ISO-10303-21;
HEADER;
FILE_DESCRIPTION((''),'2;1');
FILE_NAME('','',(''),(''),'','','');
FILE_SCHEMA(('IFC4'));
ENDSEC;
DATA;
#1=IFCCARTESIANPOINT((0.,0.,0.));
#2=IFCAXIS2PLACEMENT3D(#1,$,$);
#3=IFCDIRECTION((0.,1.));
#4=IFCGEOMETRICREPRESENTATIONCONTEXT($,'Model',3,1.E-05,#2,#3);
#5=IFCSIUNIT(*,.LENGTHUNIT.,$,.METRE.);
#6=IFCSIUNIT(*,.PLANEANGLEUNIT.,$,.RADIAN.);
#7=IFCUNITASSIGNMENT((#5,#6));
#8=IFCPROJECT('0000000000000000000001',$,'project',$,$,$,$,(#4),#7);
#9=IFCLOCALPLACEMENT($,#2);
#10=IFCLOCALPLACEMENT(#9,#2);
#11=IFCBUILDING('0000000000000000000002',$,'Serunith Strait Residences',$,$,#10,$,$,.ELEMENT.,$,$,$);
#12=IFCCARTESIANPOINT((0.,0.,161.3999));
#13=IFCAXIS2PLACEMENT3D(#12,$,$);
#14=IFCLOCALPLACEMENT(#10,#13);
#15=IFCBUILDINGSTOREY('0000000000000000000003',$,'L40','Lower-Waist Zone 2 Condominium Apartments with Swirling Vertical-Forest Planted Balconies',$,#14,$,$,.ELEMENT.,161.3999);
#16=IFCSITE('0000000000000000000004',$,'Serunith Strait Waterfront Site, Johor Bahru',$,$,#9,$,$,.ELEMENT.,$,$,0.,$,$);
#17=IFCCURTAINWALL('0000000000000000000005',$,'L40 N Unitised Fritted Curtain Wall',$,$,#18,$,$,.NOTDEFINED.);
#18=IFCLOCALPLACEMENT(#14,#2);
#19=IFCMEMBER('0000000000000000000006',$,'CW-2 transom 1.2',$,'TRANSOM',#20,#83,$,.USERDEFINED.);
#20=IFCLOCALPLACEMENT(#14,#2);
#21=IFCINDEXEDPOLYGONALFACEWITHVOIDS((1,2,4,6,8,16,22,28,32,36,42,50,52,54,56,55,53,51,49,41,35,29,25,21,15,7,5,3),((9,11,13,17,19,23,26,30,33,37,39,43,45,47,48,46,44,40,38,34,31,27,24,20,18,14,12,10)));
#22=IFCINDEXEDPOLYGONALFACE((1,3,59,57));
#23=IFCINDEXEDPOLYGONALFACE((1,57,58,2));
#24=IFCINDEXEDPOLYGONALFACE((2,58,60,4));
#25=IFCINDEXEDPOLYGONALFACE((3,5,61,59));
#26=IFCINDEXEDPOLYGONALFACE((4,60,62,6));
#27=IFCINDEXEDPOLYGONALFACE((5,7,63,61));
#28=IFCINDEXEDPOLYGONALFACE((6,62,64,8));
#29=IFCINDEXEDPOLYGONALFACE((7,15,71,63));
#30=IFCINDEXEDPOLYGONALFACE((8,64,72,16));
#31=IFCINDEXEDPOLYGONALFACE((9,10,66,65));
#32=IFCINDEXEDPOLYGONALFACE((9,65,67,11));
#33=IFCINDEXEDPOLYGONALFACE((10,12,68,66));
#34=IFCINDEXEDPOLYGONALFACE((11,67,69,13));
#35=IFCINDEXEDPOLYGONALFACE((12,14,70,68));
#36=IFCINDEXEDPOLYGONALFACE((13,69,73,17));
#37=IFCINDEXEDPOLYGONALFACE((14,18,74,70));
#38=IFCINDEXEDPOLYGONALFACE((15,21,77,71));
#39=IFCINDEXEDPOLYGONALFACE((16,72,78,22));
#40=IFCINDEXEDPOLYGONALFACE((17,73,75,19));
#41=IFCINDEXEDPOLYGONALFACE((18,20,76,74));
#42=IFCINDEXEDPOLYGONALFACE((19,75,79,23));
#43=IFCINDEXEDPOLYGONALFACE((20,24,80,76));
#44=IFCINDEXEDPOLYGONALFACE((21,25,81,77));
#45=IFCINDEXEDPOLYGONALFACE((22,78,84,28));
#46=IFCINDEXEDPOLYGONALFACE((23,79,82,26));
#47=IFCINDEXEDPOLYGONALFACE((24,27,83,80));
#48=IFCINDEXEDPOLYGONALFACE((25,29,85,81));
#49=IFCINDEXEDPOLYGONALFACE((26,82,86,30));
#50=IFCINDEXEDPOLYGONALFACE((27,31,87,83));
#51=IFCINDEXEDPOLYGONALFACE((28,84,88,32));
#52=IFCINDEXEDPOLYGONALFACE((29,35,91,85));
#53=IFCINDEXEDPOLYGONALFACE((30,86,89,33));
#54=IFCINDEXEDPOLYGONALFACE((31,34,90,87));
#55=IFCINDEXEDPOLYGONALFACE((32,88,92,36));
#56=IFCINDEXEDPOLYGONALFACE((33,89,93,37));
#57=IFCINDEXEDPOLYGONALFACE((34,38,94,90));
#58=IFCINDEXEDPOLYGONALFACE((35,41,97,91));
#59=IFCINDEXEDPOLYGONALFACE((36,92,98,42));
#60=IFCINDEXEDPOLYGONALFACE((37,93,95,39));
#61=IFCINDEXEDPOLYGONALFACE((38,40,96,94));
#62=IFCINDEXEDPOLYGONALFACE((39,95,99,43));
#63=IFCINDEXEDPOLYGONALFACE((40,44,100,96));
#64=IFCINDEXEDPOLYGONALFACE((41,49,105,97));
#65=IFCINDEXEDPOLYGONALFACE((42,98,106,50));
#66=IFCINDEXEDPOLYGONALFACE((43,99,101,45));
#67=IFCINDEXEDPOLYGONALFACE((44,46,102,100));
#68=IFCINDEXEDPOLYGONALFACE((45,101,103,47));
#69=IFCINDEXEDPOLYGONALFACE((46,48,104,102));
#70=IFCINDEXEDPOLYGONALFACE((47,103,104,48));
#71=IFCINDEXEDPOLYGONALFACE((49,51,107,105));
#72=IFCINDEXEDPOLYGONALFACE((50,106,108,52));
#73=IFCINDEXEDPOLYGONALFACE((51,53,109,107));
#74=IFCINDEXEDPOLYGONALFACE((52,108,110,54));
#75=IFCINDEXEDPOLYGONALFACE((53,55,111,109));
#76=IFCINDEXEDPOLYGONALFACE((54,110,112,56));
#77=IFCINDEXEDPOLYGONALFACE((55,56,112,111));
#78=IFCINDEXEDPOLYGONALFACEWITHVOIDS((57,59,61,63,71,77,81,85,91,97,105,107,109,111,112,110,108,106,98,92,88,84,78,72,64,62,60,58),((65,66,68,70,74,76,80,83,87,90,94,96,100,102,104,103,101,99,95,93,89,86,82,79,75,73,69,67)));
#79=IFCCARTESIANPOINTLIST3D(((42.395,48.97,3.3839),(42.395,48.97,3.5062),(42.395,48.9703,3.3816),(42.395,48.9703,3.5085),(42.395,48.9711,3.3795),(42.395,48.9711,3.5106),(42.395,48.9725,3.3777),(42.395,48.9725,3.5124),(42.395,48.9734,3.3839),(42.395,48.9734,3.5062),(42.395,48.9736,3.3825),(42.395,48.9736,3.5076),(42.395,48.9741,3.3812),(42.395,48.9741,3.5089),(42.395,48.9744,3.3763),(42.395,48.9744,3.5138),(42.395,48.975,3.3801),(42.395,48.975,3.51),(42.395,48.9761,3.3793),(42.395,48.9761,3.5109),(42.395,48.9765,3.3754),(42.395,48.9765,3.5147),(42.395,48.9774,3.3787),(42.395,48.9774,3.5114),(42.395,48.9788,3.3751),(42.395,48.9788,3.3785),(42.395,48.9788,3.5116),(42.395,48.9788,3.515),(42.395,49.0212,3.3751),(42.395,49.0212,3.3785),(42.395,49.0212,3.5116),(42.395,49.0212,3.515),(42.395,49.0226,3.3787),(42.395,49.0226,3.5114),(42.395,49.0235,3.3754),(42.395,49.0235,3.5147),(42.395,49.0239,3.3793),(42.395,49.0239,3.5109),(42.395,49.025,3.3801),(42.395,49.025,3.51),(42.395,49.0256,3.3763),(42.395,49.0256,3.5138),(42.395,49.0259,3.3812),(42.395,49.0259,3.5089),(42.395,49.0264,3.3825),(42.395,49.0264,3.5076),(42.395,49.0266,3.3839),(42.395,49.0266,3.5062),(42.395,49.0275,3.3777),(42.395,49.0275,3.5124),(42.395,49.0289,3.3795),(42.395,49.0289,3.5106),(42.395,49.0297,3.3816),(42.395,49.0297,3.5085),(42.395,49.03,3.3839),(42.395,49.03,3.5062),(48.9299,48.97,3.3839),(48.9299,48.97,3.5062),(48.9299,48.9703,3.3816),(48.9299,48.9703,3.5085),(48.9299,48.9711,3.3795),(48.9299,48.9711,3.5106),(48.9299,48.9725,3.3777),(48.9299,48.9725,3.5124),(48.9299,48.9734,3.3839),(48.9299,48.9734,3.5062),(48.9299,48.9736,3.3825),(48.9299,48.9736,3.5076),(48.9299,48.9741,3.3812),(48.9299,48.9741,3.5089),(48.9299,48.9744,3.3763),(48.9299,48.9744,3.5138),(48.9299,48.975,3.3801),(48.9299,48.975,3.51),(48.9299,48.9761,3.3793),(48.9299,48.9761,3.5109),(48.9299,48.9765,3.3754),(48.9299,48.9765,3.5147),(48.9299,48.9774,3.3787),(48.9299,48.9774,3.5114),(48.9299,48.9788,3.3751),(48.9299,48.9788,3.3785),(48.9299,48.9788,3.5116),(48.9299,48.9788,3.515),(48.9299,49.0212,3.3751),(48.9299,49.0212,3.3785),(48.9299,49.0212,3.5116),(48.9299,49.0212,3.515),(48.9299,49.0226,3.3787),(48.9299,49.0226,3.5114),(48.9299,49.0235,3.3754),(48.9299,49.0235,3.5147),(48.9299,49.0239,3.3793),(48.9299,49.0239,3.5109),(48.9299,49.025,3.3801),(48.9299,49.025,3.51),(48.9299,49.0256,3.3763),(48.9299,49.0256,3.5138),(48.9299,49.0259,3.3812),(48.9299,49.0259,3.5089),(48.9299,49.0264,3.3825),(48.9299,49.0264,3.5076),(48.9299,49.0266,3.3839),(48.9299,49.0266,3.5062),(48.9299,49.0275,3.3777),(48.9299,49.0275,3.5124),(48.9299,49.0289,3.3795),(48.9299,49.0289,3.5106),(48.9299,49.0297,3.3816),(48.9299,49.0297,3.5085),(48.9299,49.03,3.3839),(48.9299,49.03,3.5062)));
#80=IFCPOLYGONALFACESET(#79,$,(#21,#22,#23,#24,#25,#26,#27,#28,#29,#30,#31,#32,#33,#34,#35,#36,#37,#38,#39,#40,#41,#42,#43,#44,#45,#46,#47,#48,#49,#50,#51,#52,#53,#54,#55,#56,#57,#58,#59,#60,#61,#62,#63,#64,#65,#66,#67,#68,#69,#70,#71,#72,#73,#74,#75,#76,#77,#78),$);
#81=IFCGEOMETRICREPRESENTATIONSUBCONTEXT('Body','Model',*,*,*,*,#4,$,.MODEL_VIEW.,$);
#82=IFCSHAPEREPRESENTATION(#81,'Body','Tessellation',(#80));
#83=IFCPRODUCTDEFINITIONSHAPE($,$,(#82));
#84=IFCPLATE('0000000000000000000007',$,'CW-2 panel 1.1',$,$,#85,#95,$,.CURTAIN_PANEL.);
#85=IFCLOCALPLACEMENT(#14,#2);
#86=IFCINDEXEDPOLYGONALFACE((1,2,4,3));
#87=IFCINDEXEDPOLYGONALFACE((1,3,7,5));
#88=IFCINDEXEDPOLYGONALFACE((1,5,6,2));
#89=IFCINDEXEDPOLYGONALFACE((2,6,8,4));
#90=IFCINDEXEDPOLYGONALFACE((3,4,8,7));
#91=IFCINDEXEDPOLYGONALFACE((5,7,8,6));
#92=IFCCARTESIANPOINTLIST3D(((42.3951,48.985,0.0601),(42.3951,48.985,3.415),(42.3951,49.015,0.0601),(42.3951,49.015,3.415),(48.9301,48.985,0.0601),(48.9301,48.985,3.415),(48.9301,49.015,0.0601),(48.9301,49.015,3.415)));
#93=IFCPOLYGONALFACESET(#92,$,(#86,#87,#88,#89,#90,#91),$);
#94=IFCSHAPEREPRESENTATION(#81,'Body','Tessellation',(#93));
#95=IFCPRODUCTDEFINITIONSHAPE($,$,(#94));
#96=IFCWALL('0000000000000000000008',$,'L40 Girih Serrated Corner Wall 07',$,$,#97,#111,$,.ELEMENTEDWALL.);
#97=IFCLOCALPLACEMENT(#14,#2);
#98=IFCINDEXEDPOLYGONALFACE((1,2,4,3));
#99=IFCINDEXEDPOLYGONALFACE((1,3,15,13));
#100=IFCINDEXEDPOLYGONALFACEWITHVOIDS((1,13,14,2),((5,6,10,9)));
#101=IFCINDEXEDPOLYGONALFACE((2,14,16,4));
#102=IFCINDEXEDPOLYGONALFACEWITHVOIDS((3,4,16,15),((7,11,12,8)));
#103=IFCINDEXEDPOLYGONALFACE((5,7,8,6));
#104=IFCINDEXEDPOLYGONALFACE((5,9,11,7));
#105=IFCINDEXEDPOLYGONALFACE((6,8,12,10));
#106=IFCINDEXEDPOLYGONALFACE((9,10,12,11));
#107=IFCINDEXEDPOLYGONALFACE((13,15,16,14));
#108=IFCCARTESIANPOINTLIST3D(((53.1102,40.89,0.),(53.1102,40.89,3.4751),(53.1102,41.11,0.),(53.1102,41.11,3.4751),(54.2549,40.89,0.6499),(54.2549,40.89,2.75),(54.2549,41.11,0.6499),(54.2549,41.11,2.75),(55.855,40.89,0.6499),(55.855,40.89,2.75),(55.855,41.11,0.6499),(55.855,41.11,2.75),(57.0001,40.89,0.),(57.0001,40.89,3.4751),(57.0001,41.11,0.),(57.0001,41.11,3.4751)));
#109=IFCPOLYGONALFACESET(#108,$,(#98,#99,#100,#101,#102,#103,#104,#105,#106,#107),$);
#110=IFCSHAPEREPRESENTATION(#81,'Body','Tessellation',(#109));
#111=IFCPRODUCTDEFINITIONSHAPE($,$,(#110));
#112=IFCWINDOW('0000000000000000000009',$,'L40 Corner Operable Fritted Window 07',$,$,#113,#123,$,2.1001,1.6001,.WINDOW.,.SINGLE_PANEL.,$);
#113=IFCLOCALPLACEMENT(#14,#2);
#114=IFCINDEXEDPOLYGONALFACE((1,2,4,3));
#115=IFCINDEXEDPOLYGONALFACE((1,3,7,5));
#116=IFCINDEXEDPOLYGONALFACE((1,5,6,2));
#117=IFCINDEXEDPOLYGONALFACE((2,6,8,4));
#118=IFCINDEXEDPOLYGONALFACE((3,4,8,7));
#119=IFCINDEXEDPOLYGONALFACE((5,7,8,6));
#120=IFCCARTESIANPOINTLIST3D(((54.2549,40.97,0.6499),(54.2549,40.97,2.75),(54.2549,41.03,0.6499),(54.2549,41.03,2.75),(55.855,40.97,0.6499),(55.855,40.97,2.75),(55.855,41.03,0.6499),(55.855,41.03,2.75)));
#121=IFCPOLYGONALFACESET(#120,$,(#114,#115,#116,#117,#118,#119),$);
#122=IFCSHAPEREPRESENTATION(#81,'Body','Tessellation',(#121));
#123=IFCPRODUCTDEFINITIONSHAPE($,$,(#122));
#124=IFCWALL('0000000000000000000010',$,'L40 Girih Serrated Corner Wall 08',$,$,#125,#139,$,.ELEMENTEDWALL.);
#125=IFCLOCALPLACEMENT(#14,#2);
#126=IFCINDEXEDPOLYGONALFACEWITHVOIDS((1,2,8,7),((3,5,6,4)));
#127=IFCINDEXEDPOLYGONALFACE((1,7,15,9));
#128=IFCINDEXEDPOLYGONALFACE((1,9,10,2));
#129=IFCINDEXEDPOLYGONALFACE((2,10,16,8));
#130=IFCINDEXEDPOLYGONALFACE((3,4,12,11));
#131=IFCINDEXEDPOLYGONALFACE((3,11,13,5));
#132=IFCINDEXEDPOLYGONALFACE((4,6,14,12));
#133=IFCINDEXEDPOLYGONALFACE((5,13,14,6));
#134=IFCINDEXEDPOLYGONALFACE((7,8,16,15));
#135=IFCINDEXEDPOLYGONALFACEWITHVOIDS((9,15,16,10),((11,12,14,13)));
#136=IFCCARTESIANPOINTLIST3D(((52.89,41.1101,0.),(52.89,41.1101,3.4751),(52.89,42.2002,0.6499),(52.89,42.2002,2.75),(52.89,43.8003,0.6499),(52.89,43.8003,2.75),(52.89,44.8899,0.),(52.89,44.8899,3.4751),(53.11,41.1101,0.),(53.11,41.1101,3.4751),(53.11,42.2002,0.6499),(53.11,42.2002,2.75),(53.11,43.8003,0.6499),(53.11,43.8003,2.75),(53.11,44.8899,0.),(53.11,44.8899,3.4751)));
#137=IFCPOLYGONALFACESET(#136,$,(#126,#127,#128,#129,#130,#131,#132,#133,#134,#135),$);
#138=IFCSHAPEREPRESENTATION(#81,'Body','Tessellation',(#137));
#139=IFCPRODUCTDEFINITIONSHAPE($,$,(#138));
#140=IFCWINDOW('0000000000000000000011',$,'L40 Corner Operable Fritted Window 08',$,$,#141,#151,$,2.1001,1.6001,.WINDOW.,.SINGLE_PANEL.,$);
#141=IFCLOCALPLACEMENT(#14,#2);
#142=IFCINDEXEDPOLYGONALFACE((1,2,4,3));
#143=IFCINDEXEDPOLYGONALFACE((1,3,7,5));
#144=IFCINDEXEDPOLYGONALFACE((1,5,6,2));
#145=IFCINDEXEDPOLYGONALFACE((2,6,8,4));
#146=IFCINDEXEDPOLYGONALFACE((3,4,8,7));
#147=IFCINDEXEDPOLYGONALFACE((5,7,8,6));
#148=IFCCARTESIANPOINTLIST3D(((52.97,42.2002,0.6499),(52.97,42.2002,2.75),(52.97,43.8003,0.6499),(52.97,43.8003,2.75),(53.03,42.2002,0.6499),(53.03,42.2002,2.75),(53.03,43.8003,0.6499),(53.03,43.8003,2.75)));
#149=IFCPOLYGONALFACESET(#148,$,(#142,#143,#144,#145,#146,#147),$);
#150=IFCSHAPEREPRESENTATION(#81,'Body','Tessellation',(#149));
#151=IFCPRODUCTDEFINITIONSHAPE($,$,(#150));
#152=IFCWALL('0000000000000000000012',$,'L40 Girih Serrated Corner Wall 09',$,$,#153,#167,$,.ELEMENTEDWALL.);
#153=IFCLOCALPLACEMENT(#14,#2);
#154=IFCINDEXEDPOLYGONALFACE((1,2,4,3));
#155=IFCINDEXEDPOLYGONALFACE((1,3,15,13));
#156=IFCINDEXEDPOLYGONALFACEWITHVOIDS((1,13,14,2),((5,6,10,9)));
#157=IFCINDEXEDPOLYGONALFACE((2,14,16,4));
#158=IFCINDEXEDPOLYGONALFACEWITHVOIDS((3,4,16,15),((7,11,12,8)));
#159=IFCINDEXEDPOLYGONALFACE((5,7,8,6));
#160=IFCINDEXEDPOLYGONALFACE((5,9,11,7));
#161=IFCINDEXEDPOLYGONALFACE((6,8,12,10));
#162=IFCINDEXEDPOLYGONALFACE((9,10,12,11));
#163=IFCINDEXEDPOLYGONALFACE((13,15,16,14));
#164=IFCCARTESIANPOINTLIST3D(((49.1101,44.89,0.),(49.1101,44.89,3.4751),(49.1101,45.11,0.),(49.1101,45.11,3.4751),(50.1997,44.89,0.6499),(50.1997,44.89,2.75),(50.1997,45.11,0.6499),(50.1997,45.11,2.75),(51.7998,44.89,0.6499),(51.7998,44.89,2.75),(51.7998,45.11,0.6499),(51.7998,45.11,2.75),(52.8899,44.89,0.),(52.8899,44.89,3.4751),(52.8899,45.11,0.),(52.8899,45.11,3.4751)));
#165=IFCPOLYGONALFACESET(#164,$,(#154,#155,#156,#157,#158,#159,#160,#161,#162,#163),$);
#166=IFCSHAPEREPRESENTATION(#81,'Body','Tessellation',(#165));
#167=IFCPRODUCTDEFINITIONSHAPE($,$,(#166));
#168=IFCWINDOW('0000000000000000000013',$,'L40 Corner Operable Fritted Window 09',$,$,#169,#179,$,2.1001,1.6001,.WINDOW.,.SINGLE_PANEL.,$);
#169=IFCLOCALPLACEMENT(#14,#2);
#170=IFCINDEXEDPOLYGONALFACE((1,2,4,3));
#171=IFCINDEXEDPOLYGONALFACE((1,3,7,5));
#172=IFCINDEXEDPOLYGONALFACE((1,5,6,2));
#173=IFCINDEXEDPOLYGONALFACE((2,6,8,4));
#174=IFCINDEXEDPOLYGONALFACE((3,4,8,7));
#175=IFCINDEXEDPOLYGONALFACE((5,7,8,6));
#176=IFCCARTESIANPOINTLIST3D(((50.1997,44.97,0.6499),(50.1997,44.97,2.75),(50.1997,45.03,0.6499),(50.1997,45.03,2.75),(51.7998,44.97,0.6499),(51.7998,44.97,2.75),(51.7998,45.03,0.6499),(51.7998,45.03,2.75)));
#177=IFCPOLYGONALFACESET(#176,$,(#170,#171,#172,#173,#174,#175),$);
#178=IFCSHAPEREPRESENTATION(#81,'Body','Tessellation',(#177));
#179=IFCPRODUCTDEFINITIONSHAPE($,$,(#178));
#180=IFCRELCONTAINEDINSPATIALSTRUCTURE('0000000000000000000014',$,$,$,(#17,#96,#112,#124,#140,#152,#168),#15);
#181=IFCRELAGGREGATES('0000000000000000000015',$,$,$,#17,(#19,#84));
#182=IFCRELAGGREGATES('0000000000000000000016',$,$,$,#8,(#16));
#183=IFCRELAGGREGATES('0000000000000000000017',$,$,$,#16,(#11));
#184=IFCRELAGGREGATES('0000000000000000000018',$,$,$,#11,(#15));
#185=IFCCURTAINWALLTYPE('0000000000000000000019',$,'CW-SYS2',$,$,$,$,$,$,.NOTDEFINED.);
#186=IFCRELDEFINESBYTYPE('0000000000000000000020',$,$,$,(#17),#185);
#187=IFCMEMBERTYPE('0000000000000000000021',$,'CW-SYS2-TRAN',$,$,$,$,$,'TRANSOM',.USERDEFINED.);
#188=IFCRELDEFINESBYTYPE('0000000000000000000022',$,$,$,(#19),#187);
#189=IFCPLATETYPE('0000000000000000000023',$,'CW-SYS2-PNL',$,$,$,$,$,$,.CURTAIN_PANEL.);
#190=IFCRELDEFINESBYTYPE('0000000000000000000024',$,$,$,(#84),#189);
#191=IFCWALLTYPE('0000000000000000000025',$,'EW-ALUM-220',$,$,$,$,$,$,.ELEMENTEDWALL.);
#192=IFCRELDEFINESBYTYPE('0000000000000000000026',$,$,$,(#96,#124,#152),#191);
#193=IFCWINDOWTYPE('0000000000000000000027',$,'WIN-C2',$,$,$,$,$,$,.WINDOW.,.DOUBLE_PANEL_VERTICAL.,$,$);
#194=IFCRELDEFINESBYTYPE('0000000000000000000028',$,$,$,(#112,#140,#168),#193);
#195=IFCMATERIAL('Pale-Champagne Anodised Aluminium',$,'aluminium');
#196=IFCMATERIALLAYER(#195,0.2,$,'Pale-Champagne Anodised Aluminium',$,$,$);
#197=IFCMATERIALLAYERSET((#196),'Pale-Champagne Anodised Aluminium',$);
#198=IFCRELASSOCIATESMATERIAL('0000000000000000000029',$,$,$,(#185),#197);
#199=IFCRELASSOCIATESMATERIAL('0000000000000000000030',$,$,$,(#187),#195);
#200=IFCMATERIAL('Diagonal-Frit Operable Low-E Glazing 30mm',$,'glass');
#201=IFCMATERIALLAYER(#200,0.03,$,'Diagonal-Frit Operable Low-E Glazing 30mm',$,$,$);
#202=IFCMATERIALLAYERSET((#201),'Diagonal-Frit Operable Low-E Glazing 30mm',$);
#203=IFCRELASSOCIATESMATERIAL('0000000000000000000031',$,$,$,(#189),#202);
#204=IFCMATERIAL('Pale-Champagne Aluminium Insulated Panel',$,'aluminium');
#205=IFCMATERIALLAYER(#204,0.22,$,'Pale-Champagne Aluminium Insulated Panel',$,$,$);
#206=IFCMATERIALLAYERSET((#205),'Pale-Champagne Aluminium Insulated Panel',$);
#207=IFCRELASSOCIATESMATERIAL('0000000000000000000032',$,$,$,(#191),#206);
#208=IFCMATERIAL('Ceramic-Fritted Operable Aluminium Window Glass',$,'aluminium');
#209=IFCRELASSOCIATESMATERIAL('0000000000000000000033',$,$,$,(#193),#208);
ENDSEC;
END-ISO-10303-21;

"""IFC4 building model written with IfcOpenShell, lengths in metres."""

from ifc_helpers import new_model, si_unit, direction, frame, frame_2d, origin, origin_2d, place, context, subcontext, project, spatial, rectangle, hollow_rectangle, extrude, source, transform, mapped, material, layer, layer_set, material_profile, profile_set, type_object, element, fill, aggregate, save


model = new_model("IFC4")

# Units and contexts
model_context = context("Model", 3, precision=1e-05, world=origin(), true_north=direction((0.0, 1.0)))
body_context = subcontext(model_context, "Body", "Model", "MODEL_VIEW")
ifc_project = project(units=[si_unit("LENGTHUNIT", "METRE"), si_unit("PLANEANGLEUNIT", "RADIAN")], contexts=[model_context])

# Site, building, storey
site_placement = place(None, origin())
site = spatial("IfcSite", under=ifc_project, at=site_placement, Name="Serunith Strait Waterfront Site, Johor Bahru", CompositionType="ELEMENT", RefElevation=0.0)
building_placement = place(site_placement, origin())
building = spatial("IfcBuilding", under=site, at=building_placement, Name="Serunith Strait Residences", CompositionType="ELEMENT")
storey_placement = place(building_placement, frame((0.0, 0.0, 161.3999)))
storey = spatial("IfcBuildingStorey", under=building, at=storey_placement, Name="L40", Description="Lower-Waist Zone 2 Condominium Apartments with Swirling Vertical-Forest Planted Balconies", CompositionType="ELEMENT", Elevation=161.3999)

# Shared definitions
ifc_material_1 = material(Name="Pale-Champagne Anodised Aluminium", Category="aluminium")
ifc_layer_1 = layer(ifc_material_1, 0.2, Name="Pale-Champagne Anodised Aluminium")
ifc_layer_set_1 = layer_set([ifc_layer_1], Name="Pale-Champagne Anodised Aluminium")
curtain_wall_type = type_object("IfcCurtainWallType", Name="CW-SYS2", PredefinedType="NOTDEFINED", material=ifc_layer_set_1)

# Curtain wall, member, plate
curtain_wall_1_placement = place(storey_placement, origin())
curtain_wall_1 = element("IfcCurtainWall", 1, at=curtain_wall_1_placement, inside=storey, type_object=curtain_wall_type, Name="L40 N Unitised Fritted Curtain Wall", PredefinedType="NOTDEFINED")
ifc_material_profile_1 = material_profile(ifc_material_1, hollow_rectangle(XDim=0.0601, YDim=0.1399, WallThickness=0.0034, InnerFilletRadius=0.0054, OuterFilletRadius=0.0088, at=origin_2d()), Name="ALU 140x60x3.5")
ifc_profile_set_1 = profile_set([ifc_material_profile_1], Name="Pale-Champagne Anodised Aluminium")
member_type_1 = type_object("IfcMemberType", Name="CW-SYS2-TRAN", ElementType="TRANSOM", PredefinedType="USERDEFINED", material=ifc_profile_set_1)
shared_shape_1 = source(origin(), body_context, "Body", "SweptSolid", [
    extrude(hollow_rectangle(XDim=0.0601, YDim=0.1399, WallThickness=0.0034, InnerFilletRadius=0.0054, OuterFilletRadius=0.0088, at=origin_2d()), origin(), (0.0, 0.0, 1.0), 6.5349),
])
member_1_placement = place(storey_placement, frame((48.9299, 49.0, 3.4451), z_axis=(-1.0, 0.0, 0.0), x_axis=(0.0, -1.0, 0.0)))
member_1 = element("IfcMember", 2, at=member_1_placement, type_object=member_type_1, Name="CW-2 transom 1.2", ObjectType="TRANSOM", PredefinedType="USERDEFINED", context=body_context, shape_type="MappedRepresentation", body=[
    mapped(shared_shape_1, transform((0.0, 0.0, 0.0), scale=1.0)),
])
ifc_material_2 = material(Name="Diagonal-Frit Operable Low-E Glazing 30mm", Category="glass")
ifc_layer_2 = layer(ifc_material_2, 0.03, Name="Diagonal-Frit Operable Low-E Glazing 30mm")
ifc_layer_set_2 = layer_set([ifc_layer_2], Name="Diagonal-Frit Operable Low-E Glazing 30mm")
plate_type = type_object("IfcPlateType", Name="CW-SYS2-PNL", PredefinedType="CURTAIN_PANEL", material=ifc_layer_set_2)
shared_shape_2 = source(origin(), body_context, "Body", "SweptSolid", [
    extrude(rectangle(XDim=6.5349, YDim=0.03, at=origin_2d()), origin(), (0.0, 0.0, 1.0), 3.355),
])
plate_placement = place(storey_placement, frame((45.6626, 49.0, 0.0601), z_axis=(0.0, 0.0, 1.0), x_axis=(-1.0, 0.0, 0.0)))
plate = element("IfcPlate", 3, at=plate_placement, type_object=plate_type, Name="CW-2 panel 1.1", PredefinedType="CURTAIN_PANEL", context=body_context, shape_type="MappedRepresentation", body=[
    mapped(shared_shape_2, transform((0.0, 0.0, 0.0), scale=1.0)),
])
aggregate(curtain_wall_1, [member_1, plate])

# Walls, openings, windows
ifc_material_3 = material(Name="Pale-Champagne Aluminium Insulated Panel", Category="aluminium")
ifc_layer_3 = layer(ifc_material_3, 0.22, Name="Pale-Champagne Aluminium Insulated Panel")
ifc_layer_set_3 = layer_set([ifc_layer_3], Name="Pale-Champagne Aluminium Insulated Panel")
wall_type_1 = type_object("IfcWallType", Name="EW-ALUM-220", PredefinedType="ELEMENTEDWALL", material=ifc_layer_set_3)
wall_1_placement = place(storey_placement, frame((57.0, 41.0, 0.0), z_axis=(0.0, 0.0, 1.0), x_axis=(-1.0, 0.0, 0.0)))
wall_1 = element("IfcWall", 4, at=wall_1_placement, inside=storey, type_object=wall_type_1, Name="L40 Girih Serrated Corner Wall 07", PredefinedType="ELEMENTEDWALL", context=body_context, shape_type="SweptSolid", body=[
    extrude(rectangle(XDim=3.8899, YDim=0.22, at=frame_2d((1.9448, 0.0))), origin(), (0.0, 0.0, 1.0), 3.4751),
])
opening_1_placement = place(wall_1_placement, frame((1.145, 0.0, 0.6499)))
opening_1 = element("IfcOpeningElement", 5, at=opening_1_placement, cuts=wall_1, PredefinedType="OPENING", context=body_context, shape_type="SweptSolid", body=[
    extrude(rectangle(XDim=1.6001, YDim=2.1001, at=frame_2d((0.8, 1.05))), frame((0.0, 0.1201, 0.0), z_axis=(0.0, -1.0, 0.0), x_axis=(1.0, 0.0, 0.0)), (0.0, 0.0, 1.0), 0.24),
])
ifc_material_4 = material(Name="Ceramic-Fritted Operable Aluminium Window Glass", Category="aluminium")
window_type = type_object("IfcWindowType", Name="WIN-C2", PartitioningType="DOUBLE_PANEL_VERTICAL", PredefinedType="WINDOW", material=ifc_material_4)
shared_shape_3 = source(origin(), body_context, "Body", "SweptSolid", [
    extrude(rectangle(XDim=1.6001, YDim=2.1001, at=frame_2d((0.8, 1.05))), frame((0.0, 0.03, 0.0), z_axis=(0.0, -1.0, 0.0), x_axis=(1.0, 0.0, 0.0)), (0.0, 0.0, 1.0), 0.0601),
])
window_1_placement = place(opening_1_placement, origin())
window_1 = element("IfcWindow", 6, at=window_1_placement, inside=storey, type_object=window_type, Name="L40 Corner Operable Fritted Window 07", OverallHeight=2.1001, OverallWidth=1.6001, PartitioningType="SINGLE_PANEL", PredefinedType="WINDOW", context=body_context, shape_type="MappedRepresentation", body=[
    mapped(shared_shape_3, transform((0.0, 0.0, 0.0), scale=1.0)),
])
fill(opening_1, window_1)
wall_2_placement = place(storey_placement, frame((53.0, 41.1101, 0.0), z_axis=(0.0, 0.0, 1.0), x_axis=(0.0, 1.0, 0.0)))
wall_2 = element("IfcWall", 7, at=wall_2_placement, inside=storey, type_object=wall_type_1, Name="L40 Girih Serrated Corner Wall 08", PredefinedType="ELEMENTEDWALL", context=body_context, shape_type="SweptSolid", body=[
    extrude(rectangle(XDim=3.7798, YDim=0.22, at=frame_2d((1.8899, 0.0))), origin(), (0.0, 0.0, 1.0), 3.4751),
])
opening_2_placement = place(wall_2_placement, frame((1.0901, 0.0, 0.6499)))
opening_2 = element("IfcOpeningElement", 8, at=opening_2_placement, cuts=wall_2, PredefinedType="OPENING", context=body_context, shape_type="SweptSolid", body=[
    extrude(rectangle(XDim=1.6001, YDim=2.1001, at=frame_2d((0.8, 1.05))), frame((0.0, 0.1201, 0.0), z_axis=(0.0, -1.0, 0.0), x_axis=(1.0, 0.0, 0.0)), (0.0, 0.0, 1.0), 0.24),
])
window_2_placement = place(opening_2_placement, origin())
window_2 = element("IfcWindow", 9, at=window_2_placement, inside=storey, type_object=window_type, Name="L40 Corner Operable Fritted Window 08", OverallHeight=2.1001, OverallWidth=1.6001, PartitioningType="SINGLE_PANEL", PredefinedType="WINDOW", context=body_context, shape_type="MappedRepresentation", body=[
    mapped(shared_shape_3, transform((0.0, 0.0, 0.0), scale=1.0)),
])
fill(opening_2, window_2)
wall_3_placement = place(storey_placement, frame((52.8899, 45.0, 0.0), z_axis=(0.0, 0.0, 1.0), x_axis=(-1.0, 0.0, 0.0)))
wall_3 = element("IfcWall", 10, at=wall_3_placement, inside=storey, type_object=wall_type_1, Name="L40 Girih Serrated Corner Wall 09", PredefinedType="ELEMENTEDWALL", context=body_context, shape_type="SweptSolid", body=[
    extrude(rectangle(XDim=3.7798, YDim=0.22, at=frame_2d((1.8899, 0.0))), origin(), (0.0, 0.0, 1.0), 3.4751),
])
opening_3_placement = place(wall_3_placement, frame((1.0901, 0.0, 0.6499)))
opening_3 = element("IfcOpeningElement", 11, at=opening_3_placement, cuts=wall_3, PredefinedType="OPENING", context=body_context, shape_type="SweptSolid", body=[
    extrude(rectangle(XDim=1.6001, YDim=2.1001, at=frame_2d((0.8, 1.05))), frame((0.0, 0.1201, 0.0), z_axis=(0.0, -1.0, 0.0), x_axis=(1.0, 0.0, 0.0)), (0.0, 0.0, 1.0), 0.24),
])
window_3_placement = place(opening_3_placement, origin())
window_3 = element("IfcWindow", 12, at=window_3_placement, inside=storey, type_object=window_type, Name="L40 Corner Operable Fritted Window 09", OverallHeight=2.1001, OverallWidth=1.6001, PartitioningType="SINGLE_PANEL", PredefinedType="WINDOW", context=body_context, shape_type="MappedRepresentation", body=[
    mapped(shared_shape_3, transform((0.0, 0.0, 0.0), scale=1.0)),
])
fill(opening_3, window_3)

save(model, "model.ifc")
